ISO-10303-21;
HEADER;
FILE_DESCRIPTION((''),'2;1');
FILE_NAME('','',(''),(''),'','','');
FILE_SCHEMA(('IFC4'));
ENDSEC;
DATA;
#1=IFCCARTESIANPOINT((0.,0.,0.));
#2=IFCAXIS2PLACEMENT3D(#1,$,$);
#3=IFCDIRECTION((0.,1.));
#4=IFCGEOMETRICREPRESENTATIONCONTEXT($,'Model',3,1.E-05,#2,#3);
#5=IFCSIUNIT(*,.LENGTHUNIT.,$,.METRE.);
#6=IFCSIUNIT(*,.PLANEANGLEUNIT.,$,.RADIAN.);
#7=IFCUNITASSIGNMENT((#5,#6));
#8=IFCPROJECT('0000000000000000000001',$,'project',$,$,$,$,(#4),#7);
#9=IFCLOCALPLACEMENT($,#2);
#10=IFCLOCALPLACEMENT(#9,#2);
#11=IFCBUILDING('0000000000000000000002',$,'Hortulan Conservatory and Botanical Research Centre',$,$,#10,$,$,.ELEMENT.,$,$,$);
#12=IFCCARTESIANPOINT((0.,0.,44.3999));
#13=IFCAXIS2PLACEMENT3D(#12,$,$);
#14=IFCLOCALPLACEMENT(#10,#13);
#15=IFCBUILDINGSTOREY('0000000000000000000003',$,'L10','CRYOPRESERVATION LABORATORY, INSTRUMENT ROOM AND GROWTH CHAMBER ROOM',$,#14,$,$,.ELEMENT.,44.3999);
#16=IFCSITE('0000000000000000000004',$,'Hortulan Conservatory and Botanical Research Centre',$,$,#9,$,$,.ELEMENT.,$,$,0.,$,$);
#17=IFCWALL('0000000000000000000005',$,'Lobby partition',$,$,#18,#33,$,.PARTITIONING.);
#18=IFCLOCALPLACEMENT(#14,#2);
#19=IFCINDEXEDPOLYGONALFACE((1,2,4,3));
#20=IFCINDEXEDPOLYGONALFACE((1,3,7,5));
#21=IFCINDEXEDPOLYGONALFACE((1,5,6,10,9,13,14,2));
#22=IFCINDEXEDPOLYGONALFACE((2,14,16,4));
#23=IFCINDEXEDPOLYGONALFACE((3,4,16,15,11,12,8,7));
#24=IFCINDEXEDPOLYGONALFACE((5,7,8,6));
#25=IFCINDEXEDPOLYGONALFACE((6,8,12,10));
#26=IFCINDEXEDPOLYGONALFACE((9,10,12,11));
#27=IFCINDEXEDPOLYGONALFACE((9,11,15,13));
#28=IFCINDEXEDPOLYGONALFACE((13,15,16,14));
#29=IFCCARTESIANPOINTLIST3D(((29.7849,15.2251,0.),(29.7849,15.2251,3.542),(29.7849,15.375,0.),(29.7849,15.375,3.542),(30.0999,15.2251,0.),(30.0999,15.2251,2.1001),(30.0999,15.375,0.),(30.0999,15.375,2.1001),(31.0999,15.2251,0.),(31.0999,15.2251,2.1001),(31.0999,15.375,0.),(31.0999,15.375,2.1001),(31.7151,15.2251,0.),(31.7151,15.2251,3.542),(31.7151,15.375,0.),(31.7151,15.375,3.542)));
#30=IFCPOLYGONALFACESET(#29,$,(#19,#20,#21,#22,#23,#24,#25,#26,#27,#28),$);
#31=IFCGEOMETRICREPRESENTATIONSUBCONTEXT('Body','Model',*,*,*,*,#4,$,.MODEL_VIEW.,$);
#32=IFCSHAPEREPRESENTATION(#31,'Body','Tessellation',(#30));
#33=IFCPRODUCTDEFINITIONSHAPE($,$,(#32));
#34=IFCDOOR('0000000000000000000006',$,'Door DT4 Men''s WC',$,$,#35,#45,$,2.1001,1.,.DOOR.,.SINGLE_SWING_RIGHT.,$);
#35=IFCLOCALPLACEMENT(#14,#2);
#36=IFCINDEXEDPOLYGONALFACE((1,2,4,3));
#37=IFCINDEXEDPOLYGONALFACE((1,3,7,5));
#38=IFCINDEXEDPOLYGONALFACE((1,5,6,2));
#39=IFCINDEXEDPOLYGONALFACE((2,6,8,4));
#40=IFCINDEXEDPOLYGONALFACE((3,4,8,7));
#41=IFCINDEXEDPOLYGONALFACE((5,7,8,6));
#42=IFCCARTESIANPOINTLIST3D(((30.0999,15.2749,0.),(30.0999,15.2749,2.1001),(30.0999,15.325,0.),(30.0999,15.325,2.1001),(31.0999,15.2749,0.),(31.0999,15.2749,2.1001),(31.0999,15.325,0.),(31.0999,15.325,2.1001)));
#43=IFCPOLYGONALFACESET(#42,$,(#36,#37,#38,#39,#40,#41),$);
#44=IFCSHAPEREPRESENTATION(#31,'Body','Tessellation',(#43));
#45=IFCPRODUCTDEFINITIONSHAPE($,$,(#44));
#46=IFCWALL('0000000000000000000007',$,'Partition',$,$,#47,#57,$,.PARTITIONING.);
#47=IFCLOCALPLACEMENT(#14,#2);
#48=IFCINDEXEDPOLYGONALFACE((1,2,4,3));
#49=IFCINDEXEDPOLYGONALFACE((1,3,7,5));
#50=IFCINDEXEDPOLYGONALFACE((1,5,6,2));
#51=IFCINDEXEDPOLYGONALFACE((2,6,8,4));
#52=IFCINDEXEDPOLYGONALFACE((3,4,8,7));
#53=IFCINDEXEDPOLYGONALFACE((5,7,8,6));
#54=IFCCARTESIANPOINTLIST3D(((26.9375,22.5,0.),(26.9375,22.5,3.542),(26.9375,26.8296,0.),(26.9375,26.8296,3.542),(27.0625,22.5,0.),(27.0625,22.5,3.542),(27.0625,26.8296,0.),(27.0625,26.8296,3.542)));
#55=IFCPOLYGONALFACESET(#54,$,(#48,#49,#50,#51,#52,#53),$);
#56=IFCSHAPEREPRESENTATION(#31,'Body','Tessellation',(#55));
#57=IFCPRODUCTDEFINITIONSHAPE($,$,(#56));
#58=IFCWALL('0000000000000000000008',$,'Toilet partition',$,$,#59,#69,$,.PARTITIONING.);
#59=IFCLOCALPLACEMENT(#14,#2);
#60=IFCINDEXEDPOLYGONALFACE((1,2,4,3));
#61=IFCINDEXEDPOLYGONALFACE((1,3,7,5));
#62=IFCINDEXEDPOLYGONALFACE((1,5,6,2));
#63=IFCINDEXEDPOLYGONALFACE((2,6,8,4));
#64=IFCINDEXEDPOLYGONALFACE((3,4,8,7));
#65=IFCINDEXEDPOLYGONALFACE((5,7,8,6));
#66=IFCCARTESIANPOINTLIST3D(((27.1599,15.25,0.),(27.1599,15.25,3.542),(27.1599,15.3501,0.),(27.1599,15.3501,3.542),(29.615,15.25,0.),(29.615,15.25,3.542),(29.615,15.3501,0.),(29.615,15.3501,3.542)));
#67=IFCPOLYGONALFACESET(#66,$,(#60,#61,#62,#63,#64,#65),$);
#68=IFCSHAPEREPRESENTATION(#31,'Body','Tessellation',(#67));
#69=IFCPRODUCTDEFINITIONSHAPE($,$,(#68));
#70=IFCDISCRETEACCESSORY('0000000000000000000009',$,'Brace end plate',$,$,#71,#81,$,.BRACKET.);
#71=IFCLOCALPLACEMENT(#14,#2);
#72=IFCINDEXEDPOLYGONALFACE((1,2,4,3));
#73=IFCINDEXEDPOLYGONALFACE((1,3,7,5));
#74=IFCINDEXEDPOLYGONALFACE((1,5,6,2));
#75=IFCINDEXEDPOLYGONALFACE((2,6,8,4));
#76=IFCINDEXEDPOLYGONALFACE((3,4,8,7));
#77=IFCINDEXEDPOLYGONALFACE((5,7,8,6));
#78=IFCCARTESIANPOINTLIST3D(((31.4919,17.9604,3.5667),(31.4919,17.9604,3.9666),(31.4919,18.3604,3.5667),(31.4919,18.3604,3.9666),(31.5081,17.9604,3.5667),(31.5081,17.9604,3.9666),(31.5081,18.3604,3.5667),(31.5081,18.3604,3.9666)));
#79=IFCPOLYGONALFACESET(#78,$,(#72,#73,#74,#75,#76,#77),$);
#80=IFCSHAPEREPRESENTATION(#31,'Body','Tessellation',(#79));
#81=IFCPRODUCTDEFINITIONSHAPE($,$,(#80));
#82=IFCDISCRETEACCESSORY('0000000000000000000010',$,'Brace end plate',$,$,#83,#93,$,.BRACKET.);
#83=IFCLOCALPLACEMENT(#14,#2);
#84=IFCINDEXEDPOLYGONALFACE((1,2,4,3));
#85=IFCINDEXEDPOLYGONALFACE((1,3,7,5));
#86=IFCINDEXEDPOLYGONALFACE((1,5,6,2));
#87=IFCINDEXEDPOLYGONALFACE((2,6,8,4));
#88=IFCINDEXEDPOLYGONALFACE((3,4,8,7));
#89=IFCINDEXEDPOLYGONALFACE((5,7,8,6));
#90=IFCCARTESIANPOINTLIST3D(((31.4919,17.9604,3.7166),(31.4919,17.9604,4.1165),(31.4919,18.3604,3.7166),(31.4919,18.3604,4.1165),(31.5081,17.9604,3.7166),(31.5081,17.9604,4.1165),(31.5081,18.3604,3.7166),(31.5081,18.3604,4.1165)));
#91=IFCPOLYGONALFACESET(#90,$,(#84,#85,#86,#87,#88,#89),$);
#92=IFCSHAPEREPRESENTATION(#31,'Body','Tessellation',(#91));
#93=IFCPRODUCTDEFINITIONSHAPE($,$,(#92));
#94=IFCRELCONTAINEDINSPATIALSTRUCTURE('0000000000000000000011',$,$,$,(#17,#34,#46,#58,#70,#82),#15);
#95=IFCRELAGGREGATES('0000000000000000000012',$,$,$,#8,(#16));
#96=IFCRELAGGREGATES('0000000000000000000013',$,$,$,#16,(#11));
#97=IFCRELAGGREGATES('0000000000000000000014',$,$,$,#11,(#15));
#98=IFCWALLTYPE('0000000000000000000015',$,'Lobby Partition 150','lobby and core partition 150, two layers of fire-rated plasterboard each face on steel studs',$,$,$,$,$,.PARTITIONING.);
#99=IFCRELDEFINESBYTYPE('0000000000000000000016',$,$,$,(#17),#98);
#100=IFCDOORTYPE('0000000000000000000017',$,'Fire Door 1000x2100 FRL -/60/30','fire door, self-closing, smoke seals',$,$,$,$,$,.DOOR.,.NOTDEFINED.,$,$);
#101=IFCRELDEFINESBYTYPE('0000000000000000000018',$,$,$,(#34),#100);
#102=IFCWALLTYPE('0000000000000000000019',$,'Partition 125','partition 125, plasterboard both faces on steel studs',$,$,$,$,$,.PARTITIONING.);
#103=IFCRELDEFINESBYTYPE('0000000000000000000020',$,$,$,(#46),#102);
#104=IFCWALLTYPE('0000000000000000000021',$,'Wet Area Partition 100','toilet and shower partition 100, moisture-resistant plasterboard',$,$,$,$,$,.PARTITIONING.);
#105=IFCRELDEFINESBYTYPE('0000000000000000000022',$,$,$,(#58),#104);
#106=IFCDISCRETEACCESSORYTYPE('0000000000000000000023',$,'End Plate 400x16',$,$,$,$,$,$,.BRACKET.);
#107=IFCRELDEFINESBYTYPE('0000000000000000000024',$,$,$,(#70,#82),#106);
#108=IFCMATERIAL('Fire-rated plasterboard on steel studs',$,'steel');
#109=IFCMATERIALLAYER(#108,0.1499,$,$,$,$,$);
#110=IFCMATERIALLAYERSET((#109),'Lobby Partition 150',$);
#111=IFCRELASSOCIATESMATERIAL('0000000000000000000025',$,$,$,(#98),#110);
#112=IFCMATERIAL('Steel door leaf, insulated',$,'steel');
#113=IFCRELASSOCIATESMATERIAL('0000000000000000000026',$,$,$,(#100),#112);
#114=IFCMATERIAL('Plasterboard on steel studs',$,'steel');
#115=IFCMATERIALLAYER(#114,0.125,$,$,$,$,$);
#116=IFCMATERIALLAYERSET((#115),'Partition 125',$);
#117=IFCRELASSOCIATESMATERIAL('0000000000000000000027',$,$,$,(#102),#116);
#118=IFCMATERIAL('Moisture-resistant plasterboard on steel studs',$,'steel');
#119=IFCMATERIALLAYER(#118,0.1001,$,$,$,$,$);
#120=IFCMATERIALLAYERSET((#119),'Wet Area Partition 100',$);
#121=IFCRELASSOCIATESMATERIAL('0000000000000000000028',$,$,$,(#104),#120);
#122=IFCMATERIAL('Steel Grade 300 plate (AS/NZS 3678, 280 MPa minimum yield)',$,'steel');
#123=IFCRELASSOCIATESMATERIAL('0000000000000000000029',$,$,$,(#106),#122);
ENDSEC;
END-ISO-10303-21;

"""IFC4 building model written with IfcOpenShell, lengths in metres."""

from ifc_helpers import new_model, si_unit, direction, frame, frame_2d, origin, origin_2d, place, context, subcontext, project, spatial, rectangle, extrude, material, layer, layer_set, type_object, element, fill, save


model = new_model("IFC4")

# Units and contexts
model_context = context("Model", 3, precision=1e-05, world=origin(), true_north=direction((0.0, 1.0)))
body_context = subcontext(model_context, "Body", "Model", "MODEL_VIEW")
ifc_project = project(units=[si_unit("LENGTHUNIT", "METRE"), si_unit("PLANEANGLEUNIT", "RADIAN")], contexts=[model_context])

# Site, building, storey
site_placement = place(None, origin())
site = spatial("IfcSite", under=ifc_project, at=site_placement, Name="Hortulan Conservatory and Botanical Research Centre", CompositionType="ELEMENT", RefElevation=0.0)
building_placement = place(site_placement, origin())
building = spatial("IfcBuilding", under=site, at=building_placement, Name="Hortulan Conservatory and Botanical Research Centre", CompositionType="ELEMENT")
storey_placement = place(building_placement, frame((0.0, 0.0, 44.3999)))
storey = spatial("IfcBuildingStorey", under=building, at=storey_placement, Name="L10", Description="CRYOPRESERVATION LABORATORY, INSTRUMENT ROOM AND GROWTH CHAMBER ROOM", CompositionType="ELEMENT", Elevation=44.3999)

# Shared definitions
ifc_material_1 = material(Name="Plasterboard on steel studs", Category="steel")

# Wall, opening, door
ifc_material_2 = material(Name="Fire-rated plasterboard on steel studs", Category="steel")
ifc_layer_1 = layer(ifc_material_2, 0.1499)
ifc_layer_set_1 = layer_set([ifc_layer_1], Name="Lobby Partition 150")
wall_type_1 = type_object("IfcWallType", Name="Lobby Partition 150", Description="lobby and core partition 150, two layers of fire-rated plasterboard each face on steel studs", PredefinedType="PARTITIONING", material=ifc_layer_set_1)
wall_1_placement = place(storey_placement, frame((29.7849, 15.3, 0.0), z_axis=(0.0, 0.0, 1.0), x_axis=(1.0, 0.0, 0.0)))
wall_1 = element("IfcWall", 1, at=wall_1_placement, inside=storey, type_object=wall_type_1, Name="Lobby partition", PredefinedType="PARTITIONING", context=body_context, shape_type="SweptSolid", body=[
    extrude(rectangle(XDim=1.9302, YDim=0.1499, at=frame_2d((0.9651, 0.0))), origin(), (0.0, 0.0, 1.0), 3.542),
])
opening_1_placement = place(wall_1_placement, frame((0.3149, 0.0, 0.0)))
opening_1 = element("IfcOpeningElement", 2, at=opening_1_placement, cuts=wall_1, PredefinedType="OPENING", context=body_context, shape_type="SweptSolid", body=[
    extrude(rectangle(XDim=1.0, YDim=2.1001, at=frame_2d((0.5, 1.05))), frame((0.0, 0.085, 0.0), z_axis=(0.0, -1.0, 0.0), x_axis=(1.0, 0.0, 0.0)), (0.0, 0.0, 1.0), 0.1699),
])
ifc_material_3 = material(Name="Steel door leaf, insulated", Category="steel")
door_type_1 = type_object("IfcDoorType", Name="Fire Door 1000x2100 FRL -/60/30", Description="fire door, self-closing, smoke seals", OperationType="NOTDEFINED", PredefinedType="DOOR", material=ifc_material_3)
door_1_placement = place(opening_1_placement, origin())
door_1 = element("IfcDoor", 3, at=door_1_placement, inside=storey, type_object=door_type_1, Name="Door DT4 Men's WC", OperationType="SINGLE_SWING_RIGHT", OverallHeight=2.1001, OverallWidth=1.0, PredefinedType="DOOR", context=body_context, shape_type="SweptSolid", body=[
    extrude(rectangle(XDim=1.0, YDim=2.1001, at=frame_2d((0.5, 1.05))), frame((0.0, 0.0249, 0.0), z_axis=(0.0, -1.0, 0.0), x_axis=(1.0, 0.0, 0.0)), (0.0, 0.0, 1.0), 0.05),
])
fill(opening_1, door_1)

# Walls
ifc_layer_2 = layer(ifc_material_1, 0.125)
ifc_layer_set_2 = layer_set([ifc_layer_2], Name="Partition 125")
wall_type_2 = type_object("IfcWallType", Name="Partition 125", Description="partition 125, plasterboard both faces on steel studs", PredefinedType="PARTITIONING", material=ifc_layer_set_2)
wall_2_placement = place(storey_placement, frame((27.0, 22.5, 0.0), z_axis=(0.0, 0.0, 1.0), x_axis=(0.0, 1.0, 0.0)))
element("IfcWall", 4, at=wall_2_placement, inside=storey, type_object=wall_type_2, Name="Partition", PredefinedType="PARTITIONING", context=body_context, shape_type="SweptSolid", body=[
    extrude(rectangle(XDim=4.3296, YDim=0.125, at=frame_2d((2.1648, 0.0))), origin(), (0.0, 0.0, 1.0), 3.542),
])
ifc_material_4 = material(Name="Moisture-resistant plasterboard on steel studs", Category="steel")
ifc_layer_3 = layer(ifc_material_4, 0.1001)
ifc_layer_set_3 = layer_set([ifc_layer_3], Name="Wet Area Partition 100")
wall_type_3 = type_object("IfcWallType", Name="Wet Area Partition 100", Description="toilet and shower partition 100, moisture-resistant plasterboard", PredefinedType="PARTITIONING", material=ifc_layer_set_3)
wall_3_placement = place(storey_placement, frame((27.1599, 15.3, 0.0), z_axis=(0.0, 0.0, 1.0), x_axis=(1.0, 0.0, 0.0)))
element("IfcWall", 5, at=wall_3_placement, inside=storey, type_object=wall_type_3, Name="Toilet partition", PredefinedType="PARTITIONING", context=body_context, shape_type="SweptSolid", body=[
    extrude(rectangle(XDim=2.4551, YDim=0.1001, at=frame_2d((1.2275, 0.0))), origin(), (0.0, 0.0, 1.0), 3.542),
])

# Discrete accessories
ifc_material_5 = material(Name="Steel Grade 300 plate (AS/NZS 3678, 280 MPa minimum yield)", Category="steel")
discrete_accessory_type = type_object("IfcDiscreteAccessoryType", Name="End Plate 400x16", PredefinedType="BRACKET", material=ifc_material_5)
for number, where, z_axis, x_axis, name in (
    (6, (31.5, 18.1604, 3.5667), (0.0, 0.0, 1.0), (0.0, -1.0, 0.0), "Brace end plate"),
    (7, (31.5, 18.1604, 3.7166), (0.0, 0.0, 1.0), (0.0, -1.0, 0.0), "Brace end plate"),
):
    element("IfcDiscreteAccessory", number, at=place(storey_placement, frame(where, z_axis=z_axis, x_axis=x_axis)), inside=storey, type_object=discrete_accessory_type, Name=name, PredefinedType="BRACKET", context=body_context, shape_type="SweptSolid", body=[
        extrude(rectangle(XDim=0.3999, YDim=0.0161, at=origin_2d()), origin(), (0.0, 0.0, 1.0), 0.3999),
    ])

save(model, "model.ifc")
